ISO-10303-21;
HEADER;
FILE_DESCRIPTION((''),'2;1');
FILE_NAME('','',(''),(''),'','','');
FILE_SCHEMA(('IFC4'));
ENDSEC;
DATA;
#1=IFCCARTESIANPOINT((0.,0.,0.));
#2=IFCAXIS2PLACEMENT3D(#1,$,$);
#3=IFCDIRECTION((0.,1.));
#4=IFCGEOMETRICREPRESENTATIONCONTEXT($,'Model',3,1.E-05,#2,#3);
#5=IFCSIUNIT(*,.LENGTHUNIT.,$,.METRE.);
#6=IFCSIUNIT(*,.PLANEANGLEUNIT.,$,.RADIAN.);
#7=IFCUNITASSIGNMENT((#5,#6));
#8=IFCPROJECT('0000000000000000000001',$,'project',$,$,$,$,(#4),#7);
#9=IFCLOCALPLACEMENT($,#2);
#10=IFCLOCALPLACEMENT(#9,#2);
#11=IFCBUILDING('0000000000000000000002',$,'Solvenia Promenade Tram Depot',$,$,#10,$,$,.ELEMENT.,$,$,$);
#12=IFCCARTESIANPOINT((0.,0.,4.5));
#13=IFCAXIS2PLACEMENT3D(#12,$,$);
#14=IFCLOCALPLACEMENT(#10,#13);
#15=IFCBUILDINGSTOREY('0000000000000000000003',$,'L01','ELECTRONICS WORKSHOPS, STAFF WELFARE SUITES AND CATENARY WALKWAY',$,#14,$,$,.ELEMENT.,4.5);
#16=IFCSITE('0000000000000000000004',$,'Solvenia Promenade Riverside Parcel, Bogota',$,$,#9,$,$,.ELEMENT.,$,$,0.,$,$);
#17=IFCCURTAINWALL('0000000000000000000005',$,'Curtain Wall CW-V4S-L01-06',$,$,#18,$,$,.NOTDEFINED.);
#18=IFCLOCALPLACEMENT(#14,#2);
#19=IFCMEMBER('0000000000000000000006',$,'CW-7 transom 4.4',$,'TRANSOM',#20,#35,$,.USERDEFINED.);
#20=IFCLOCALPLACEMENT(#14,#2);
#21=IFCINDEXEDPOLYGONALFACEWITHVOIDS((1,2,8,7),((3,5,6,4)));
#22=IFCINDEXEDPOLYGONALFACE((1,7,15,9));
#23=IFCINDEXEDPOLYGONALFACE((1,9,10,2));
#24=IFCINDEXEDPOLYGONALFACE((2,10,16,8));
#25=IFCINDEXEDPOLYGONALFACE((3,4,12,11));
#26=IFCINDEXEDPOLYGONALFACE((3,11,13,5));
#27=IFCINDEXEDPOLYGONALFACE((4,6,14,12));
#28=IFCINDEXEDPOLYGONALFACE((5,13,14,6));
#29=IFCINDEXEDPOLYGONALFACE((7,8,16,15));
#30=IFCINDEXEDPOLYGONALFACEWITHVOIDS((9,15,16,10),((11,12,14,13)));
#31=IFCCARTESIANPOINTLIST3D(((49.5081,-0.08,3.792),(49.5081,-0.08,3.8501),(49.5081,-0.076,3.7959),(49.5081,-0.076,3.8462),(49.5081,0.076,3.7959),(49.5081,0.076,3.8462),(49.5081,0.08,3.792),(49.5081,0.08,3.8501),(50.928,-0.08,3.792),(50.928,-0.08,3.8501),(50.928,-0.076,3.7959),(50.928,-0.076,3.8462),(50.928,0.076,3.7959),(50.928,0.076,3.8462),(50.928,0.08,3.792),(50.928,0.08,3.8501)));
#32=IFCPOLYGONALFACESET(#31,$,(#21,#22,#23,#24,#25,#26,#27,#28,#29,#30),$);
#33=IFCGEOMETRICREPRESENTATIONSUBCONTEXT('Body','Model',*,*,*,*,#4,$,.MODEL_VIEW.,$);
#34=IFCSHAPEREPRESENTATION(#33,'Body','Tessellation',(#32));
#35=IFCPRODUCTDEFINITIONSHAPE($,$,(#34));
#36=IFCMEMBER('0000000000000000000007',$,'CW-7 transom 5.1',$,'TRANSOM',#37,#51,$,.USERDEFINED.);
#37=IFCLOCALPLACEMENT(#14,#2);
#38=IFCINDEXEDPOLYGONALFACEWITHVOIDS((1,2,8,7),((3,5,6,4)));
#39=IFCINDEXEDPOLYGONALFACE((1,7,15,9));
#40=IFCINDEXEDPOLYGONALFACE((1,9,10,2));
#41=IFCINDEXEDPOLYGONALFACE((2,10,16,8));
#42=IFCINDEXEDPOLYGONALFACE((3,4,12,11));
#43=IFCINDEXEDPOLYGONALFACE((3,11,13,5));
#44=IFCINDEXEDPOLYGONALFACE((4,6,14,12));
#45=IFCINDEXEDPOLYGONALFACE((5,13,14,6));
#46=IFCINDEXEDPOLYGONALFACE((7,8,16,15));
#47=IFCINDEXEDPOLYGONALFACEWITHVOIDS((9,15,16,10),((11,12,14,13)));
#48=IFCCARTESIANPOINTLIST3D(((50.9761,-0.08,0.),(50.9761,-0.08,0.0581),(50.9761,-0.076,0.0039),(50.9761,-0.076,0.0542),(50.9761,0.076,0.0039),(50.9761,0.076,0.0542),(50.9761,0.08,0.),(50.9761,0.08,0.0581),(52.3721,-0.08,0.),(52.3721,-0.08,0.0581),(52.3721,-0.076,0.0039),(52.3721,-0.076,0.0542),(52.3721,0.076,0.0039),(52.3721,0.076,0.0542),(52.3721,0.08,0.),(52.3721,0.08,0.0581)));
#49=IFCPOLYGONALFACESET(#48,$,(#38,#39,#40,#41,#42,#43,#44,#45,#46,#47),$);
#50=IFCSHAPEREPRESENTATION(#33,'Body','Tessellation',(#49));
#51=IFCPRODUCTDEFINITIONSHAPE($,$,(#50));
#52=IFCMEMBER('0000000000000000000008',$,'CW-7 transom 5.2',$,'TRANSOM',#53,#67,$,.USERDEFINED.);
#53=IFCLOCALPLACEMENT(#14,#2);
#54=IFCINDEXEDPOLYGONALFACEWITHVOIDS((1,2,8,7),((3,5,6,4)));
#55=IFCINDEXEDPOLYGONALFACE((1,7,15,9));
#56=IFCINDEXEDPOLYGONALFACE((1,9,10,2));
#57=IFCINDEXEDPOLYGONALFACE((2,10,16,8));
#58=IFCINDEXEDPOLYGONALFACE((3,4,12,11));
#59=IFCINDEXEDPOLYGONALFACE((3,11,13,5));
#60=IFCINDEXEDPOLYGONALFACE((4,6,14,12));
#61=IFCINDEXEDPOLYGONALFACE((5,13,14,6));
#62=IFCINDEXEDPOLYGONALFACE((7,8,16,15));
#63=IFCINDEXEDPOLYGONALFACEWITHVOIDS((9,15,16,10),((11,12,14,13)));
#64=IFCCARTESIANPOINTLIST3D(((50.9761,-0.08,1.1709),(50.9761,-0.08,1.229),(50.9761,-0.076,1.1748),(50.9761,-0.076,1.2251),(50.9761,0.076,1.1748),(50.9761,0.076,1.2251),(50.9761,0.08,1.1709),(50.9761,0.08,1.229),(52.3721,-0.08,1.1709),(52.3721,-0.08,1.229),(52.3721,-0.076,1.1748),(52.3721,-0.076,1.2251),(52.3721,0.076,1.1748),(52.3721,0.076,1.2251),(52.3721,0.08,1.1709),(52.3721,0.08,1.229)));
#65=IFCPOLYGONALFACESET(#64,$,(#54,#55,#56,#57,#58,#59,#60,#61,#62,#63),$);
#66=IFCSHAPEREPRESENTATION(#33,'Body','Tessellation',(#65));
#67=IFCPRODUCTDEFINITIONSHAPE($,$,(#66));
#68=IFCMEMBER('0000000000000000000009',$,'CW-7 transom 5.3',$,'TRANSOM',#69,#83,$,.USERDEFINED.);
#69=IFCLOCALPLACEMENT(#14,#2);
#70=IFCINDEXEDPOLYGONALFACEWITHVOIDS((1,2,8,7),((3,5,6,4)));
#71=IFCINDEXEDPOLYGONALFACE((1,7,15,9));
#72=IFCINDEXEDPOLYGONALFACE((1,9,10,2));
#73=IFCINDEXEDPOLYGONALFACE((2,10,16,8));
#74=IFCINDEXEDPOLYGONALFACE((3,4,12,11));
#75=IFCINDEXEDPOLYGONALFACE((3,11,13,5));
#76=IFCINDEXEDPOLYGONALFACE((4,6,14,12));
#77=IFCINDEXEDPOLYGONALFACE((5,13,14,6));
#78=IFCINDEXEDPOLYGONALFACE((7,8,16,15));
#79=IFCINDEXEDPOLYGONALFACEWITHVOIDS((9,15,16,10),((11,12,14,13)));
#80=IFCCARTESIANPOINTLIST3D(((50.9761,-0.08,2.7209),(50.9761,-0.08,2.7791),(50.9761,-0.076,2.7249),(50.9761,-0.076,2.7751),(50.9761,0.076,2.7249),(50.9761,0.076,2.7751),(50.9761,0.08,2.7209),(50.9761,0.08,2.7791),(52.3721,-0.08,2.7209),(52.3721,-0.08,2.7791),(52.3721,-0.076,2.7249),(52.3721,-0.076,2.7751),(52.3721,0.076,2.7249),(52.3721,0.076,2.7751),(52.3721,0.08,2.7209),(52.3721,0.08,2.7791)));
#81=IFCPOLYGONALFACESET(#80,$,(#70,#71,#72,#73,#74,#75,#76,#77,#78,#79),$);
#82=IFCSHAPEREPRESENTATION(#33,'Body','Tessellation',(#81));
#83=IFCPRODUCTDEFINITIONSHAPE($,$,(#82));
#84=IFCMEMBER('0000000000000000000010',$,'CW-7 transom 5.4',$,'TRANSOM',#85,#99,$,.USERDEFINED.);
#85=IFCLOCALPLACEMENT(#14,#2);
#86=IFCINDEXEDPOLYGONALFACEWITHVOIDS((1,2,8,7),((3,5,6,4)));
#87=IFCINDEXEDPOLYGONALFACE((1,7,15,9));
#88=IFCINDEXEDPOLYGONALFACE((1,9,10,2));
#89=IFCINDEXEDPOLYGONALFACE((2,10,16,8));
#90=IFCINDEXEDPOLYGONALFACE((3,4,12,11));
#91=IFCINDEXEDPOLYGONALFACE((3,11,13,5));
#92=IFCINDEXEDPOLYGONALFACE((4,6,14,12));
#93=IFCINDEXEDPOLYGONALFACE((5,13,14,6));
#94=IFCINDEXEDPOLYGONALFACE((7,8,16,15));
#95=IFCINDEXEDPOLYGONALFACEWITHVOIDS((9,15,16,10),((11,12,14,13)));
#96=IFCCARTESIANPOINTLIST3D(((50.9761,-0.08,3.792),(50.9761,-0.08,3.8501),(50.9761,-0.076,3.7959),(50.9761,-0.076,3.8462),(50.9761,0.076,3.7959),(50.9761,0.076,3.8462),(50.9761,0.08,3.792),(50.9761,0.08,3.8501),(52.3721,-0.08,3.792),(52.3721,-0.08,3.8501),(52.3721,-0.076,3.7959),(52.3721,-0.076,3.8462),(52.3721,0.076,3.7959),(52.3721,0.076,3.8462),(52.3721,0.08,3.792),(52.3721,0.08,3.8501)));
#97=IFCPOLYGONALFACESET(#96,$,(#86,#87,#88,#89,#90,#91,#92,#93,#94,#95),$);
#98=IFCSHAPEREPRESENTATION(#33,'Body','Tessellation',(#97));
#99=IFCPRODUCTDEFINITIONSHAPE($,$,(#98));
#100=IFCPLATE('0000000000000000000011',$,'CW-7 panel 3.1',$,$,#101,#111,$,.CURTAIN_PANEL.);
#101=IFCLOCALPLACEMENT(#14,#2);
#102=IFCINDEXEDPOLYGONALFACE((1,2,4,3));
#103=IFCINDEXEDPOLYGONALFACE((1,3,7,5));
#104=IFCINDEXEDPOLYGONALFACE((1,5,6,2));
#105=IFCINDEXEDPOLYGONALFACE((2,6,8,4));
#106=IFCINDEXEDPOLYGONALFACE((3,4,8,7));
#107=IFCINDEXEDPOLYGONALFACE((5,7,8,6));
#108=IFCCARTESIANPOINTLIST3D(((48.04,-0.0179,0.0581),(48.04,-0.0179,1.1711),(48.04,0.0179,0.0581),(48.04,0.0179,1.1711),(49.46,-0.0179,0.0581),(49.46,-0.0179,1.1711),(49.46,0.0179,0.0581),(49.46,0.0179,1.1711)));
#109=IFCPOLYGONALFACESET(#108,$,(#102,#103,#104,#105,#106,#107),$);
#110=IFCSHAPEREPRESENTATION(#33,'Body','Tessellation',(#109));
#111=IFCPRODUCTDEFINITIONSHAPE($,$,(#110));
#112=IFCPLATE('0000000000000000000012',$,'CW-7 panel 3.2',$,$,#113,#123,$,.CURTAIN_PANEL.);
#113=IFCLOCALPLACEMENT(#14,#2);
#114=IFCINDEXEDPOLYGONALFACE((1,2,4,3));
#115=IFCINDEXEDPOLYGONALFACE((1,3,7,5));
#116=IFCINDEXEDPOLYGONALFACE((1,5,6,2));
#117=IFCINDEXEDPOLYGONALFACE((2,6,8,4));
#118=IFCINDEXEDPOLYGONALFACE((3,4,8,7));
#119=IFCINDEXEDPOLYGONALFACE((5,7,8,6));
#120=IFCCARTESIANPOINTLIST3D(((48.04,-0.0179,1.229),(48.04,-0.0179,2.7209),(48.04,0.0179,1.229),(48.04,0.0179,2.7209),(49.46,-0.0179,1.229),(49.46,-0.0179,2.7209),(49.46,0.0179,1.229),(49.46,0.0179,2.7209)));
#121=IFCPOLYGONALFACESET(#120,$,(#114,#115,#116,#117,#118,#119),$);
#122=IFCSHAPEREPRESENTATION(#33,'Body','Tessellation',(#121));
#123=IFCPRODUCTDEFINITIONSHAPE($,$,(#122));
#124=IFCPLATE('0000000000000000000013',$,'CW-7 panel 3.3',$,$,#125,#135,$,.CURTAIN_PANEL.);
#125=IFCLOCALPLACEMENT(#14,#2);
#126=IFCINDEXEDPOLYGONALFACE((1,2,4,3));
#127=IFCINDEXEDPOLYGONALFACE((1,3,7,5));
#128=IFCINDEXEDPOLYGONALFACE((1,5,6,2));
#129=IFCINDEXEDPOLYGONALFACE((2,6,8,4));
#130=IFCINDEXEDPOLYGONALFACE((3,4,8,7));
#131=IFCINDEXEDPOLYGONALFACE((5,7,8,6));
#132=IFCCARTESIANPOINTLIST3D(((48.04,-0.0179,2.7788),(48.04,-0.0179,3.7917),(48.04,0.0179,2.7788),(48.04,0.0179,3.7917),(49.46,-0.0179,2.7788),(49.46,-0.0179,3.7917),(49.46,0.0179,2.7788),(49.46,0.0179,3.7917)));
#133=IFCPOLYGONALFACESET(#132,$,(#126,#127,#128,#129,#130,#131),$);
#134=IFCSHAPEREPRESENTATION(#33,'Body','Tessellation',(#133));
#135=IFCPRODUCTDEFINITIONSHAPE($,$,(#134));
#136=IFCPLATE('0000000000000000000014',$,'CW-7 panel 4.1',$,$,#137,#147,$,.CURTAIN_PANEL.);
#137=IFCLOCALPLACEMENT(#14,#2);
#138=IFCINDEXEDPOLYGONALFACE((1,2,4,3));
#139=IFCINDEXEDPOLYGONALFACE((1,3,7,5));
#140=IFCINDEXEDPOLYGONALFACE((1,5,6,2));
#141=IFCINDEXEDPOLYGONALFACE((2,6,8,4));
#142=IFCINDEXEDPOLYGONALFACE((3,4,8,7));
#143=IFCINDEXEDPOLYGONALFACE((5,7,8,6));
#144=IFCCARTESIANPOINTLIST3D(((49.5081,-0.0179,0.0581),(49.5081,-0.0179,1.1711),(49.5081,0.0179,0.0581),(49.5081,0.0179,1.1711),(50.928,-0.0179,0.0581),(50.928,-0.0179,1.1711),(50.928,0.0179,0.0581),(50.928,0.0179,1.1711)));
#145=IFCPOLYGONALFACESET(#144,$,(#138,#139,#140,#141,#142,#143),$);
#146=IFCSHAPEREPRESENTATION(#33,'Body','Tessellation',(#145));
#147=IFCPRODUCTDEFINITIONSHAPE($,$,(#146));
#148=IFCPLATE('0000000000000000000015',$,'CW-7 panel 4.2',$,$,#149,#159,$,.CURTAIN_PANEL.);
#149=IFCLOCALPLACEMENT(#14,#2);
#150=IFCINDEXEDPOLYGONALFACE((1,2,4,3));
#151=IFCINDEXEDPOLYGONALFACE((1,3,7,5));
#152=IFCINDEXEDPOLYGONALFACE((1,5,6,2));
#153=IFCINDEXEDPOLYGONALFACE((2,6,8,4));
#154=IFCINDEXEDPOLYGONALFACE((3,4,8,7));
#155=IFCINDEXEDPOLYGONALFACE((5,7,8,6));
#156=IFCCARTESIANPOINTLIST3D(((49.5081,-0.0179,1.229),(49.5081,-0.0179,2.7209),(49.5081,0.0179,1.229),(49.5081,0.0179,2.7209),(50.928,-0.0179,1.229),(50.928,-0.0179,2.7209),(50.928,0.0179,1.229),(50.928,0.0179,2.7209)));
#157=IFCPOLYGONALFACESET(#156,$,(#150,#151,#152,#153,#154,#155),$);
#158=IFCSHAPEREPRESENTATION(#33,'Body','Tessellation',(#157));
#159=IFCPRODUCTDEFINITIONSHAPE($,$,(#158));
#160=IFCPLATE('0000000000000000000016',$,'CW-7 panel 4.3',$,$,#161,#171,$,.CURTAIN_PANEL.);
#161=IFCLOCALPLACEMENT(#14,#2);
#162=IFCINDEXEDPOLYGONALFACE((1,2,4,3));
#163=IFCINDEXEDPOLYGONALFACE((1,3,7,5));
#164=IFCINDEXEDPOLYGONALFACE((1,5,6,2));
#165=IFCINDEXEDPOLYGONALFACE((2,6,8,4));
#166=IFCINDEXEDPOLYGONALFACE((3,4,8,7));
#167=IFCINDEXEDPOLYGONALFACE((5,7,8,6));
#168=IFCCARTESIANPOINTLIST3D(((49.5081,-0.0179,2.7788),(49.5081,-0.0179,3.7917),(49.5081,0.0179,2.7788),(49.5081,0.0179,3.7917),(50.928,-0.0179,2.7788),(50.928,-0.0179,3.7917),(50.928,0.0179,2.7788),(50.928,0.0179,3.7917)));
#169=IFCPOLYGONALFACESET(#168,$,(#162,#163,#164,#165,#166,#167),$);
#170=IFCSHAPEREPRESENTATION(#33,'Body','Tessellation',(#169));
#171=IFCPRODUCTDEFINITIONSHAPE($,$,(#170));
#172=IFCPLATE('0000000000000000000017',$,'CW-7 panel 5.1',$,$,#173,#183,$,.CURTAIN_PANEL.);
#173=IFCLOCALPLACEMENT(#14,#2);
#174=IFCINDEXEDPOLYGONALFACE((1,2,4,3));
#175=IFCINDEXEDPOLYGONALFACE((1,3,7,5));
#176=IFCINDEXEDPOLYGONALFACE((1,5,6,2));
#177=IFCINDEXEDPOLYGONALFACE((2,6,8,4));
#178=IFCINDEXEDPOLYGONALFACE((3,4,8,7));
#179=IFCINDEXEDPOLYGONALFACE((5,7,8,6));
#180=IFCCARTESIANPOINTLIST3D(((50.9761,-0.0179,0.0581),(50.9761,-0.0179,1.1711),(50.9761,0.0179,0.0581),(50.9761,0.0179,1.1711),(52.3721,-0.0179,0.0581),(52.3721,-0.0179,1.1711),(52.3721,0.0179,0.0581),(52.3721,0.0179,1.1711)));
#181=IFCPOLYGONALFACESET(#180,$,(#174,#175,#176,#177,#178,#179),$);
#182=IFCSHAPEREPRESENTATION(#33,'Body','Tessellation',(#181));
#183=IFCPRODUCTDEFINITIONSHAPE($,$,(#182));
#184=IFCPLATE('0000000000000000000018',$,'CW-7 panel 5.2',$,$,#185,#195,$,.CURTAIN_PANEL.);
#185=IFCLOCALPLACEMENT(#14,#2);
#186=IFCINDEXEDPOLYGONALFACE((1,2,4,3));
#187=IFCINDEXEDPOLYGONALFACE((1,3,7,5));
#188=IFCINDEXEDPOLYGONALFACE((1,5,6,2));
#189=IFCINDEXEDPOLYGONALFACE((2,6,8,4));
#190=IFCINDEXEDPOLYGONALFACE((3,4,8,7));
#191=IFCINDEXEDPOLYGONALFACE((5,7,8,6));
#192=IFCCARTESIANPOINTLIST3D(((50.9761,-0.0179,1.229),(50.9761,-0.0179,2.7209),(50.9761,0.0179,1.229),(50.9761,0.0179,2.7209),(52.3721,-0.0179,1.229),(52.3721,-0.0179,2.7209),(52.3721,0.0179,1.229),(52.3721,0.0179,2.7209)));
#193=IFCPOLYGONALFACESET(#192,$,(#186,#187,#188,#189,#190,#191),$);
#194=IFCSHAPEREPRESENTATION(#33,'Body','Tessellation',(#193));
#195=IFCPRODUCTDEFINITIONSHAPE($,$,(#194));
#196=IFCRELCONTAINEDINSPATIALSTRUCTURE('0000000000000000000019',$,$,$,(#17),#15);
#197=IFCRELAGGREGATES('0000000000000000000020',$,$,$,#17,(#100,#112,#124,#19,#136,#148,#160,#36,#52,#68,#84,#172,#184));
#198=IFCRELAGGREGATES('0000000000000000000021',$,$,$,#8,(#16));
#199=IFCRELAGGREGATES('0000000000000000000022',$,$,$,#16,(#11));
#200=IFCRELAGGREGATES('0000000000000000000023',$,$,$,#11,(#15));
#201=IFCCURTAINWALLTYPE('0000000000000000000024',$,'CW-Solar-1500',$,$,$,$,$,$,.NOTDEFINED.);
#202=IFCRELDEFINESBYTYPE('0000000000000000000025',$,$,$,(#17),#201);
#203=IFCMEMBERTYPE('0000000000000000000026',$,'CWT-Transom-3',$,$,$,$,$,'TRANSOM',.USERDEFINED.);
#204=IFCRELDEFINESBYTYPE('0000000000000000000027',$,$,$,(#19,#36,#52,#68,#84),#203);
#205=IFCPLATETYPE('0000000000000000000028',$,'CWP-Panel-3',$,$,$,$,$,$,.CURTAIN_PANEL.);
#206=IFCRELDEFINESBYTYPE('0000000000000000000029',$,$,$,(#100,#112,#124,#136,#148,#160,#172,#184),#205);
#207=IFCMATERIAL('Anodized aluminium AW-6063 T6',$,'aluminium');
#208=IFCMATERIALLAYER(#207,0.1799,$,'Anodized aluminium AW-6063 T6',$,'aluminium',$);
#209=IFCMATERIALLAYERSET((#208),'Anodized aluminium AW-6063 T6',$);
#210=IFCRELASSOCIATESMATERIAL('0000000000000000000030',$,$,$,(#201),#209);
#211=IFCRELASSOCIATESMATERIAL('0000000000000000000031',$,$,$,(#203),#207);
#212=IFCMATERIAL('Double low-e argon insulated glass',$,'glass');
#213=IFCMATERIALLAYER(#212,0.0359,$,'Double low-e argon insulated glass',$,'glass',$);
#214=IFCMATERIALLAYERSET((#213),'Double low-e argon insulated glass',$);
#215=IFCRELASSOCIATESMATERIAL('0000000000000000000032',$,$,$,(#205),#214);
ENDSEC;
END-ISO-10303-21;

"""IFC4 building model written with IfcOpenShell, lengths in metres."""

from ifc_helpers import new_model, si_unit, direction, frame, origin, origin_2d, place, context, subcontext, project, spatial, rectangle, hollow_rectangle, extrude, material, layer, layer_set, material_profile, profile_set, type_object, element, aggregate, save


model = new_model("IFC4")

# Units and contexts
model_context = context("Model", 3, precision=1e-05, world=origin(), true_north=direction((0.0, 1.0)))
body_context = subcontext(model_context, "Body", "Model", "MODEL_VIEW")
ifc_project = project(units=[si_unit("LENGTHUNIT", "METRE"), si_unit("PLANEANGLEUNIT", "RADIAN")], contexts=[model_context])

# Site, building, storey
site_placement = place(None, origin())
site = spatial("IfcSite", under=ifc_project, at=site_placement, Name="Solvenia Promenade Riverside Parcel, Bogota", CompositionType="ELEMENT", RefElevation=0.0)
building_placement = place(site_placement, origin())
building = spatial("IfcBuilding", under=site, at=building_placement, Name="Solvenia Promenade Tram Depot", CompositionType="ELEMENT")
storey_placement = place(building_placement, frame((0.0, 0.0, 4.5)))
storey = spatial("IfcBuildingStorey", under=building, at=storey_placement, Name="L01", Description="ELECTRONICS WORKSHOPS, STAFF WELFARE SUITES AND CATENARY WALKWAY", CompositionType="ELEMENT", Elevation=4.5)

# Curtain wall, members, plates
ifc_material_1 = material(Name="Anodized aluminium AW-6063 T6", Category="aluminium")
ifc_layer_1 = layer(ifc_material_1, 0.1799, Name="Anodized aluminium AW-6063 T6", Category="aluminium")
ifc_layer_set_1 = layer_set([ifc_layer_1], Name="Anodized aluminium AW-6063 T6")
curtain_wall_type = type_object("IfcCurtainWallType", Name="CW-Solar-1500", PredefinedType="NOTDEFINED", material=ifc_layer_set_1)
curtain_wall_placement = place(storey_placement, origin())
curtain_wall = element("IfcCurtainWall", 1, at=curtain_wall_placement, inside=storey, type_object=curtain_wall_type, Name="Curtain Wall CW-V4S-L01-06", PredefinedType="NOTDEFINED")
ifc_material_profile_1 = material_profile(ifc_material_1, hollow_rectangle(XDim=0.1599, YDim=0.0581, WallThickness=0.0039, at=origin_2d()), Name="ALU-T3", Category="aluminium")
ifc_profile_set_1 = profile_set([ifc_material_profile_1], Name="Anodized aluminium AW-6063 T6")
member_type_1 = type_object("IfcMemberType", Name="CWT-Transom-3", ElementType="TRANSOM", PredefinedType="USERDEFINED", material=ifc_profile_set_1)
member_1_placement = place(storey_placement, frame((49.5081, 0.0, 3.821), z_axis=(1.0, 0.0, 0.0), x_axis=(0.0, 1.0, 0.0)))
member_1 = element("IfcMember", 2, at=member_1_placement, type_object=member_type_1, Name="CW-7 transom 4.4", ObjectType="TRANSOM", PredefinedType="USERDEFINED", context=body_context, shape_type="SweptSolid", body=[
    extrude(hollow_rectangle(XDim=0.1599, YDim=0.0581, WallThickness=0.0039, at=origin_2d()), origin(), (0.0, 0.0, 1.0), 1.4199),
])
member_2_placement = place(storey_placement, frame((50.9761, 0.0, 0.0291), z_axis=(1.0, 0.0, 0.0), x_axis=(0.0, 1.0, 0.0)))
member_2 = element("IfcMember", 3, at=member_2_placement, type_object=member_type_1, Name="CW-7 transom 5.1", ObjectType="TRANSOM", PredefinedType="USERDEFINED", context=body_context, shape_type="SweptSolid", body=[
    extrude(hollow_rectangle(XDim=0.1599, YDim=0.0581, WallThickness=0.0039, at=origin_2d()), origin(), (0.0, 0.0, 1.0), 1.396),
])
member_3_placement = place(storey_placement, frame((50.9761, 0.0, 1.2), z_axis=(1.0, 0.0, 0.0), x_axis=(0.0, 1.0, 0.0)))
member_3 = element("IfcMember", 4, at=member_3_placement, type_object=member_type_1, Name="CW-7 transom 5.2", ObjectType="TRANSOM", PredefinedType="USERDEFINED", context=body_context, shape_type="SweptSolid", body=[
    extrude(hollow_rectangle(XDim=0.1599, YDim=0.0581, WallThickness=0.0039, at=origin_2d()), origin(), (0.0, 0.0, 1.0), 1.396),
])
member_4_placement = place(storey_placement, frame((50.9761, 0.0, 2.75), z_axis=(1.0, 0.0, 0.0), x_axis=(0.0, 1.0, 0.0)))
member_4 = element("IfcMember", 5, at=member_4_placement, type_object=member_type_1, Name="CW-7 transom 5.3", ObjectType="TRANSOM", PredefinedType="USERDEFINED", context=body_context, shape_type="SweptSolid", body=[
    extrude(hollow_rectangle(XDim=0.1599, YDim=0.0581, WallThickness=0.0039, at=origin_2d()), origin(), (0.0, 0.0, 1.0), 1.396),
])
member_5_placement = place(storey_placement, frame((50.9761, 0.0, 3.821), z_axis=(1.0, 0.0, 0.0), x_axis=(0.0, 1.0, 0.0)))
member_5 = element("IfcMember", 6, at=member_5_placement, type_object=member_type_1, Name="CW-7 transom 5.4", ObjectType="TRANSOM", PredefinedType="USERDEFINED", context=body_context, shape_type="SweptSolid", body=[
    extrude(hollow_rectangle(XDim=0.1599, YDim=0.0581, WallThickness=0.0039, at=origin_2d()), origin(), (0.0, 0.0, 1.0), 1.396),
])
ifc_material_2 = material(Name="Double low-e argon insulated glass", Category="glass")
ifc_layer_2 = layer(ifc_material_2, 0.0359, Name="Double low-e argon insulated glass", Category="glass")
ifc_layer_set_2 = layer_set([ifc_layer_2], Name="Double low-e argon insulated glass")
plate_type = type_object("IfcPlateType", Name="CWP-Panel-3", PredefinedType="CURTAIN_PANEL", material=ifc_layer_set_2)
plate_1_placement = place(storey_placement, frame((48.75, 0.0, 0.0581), z_axis=(0.0, 0.0, 1.0), x_axis=(1.0, 0.0, 0.0)))
plate_1 = element("IfcPlate", 7, at=plate_1_placement, type_object=plate_type, Name="CW-7 panel 3.1", PredefinedType="CURTAIN_PANEL", context=body_context, shape_type="SweptSolid", body=[
    extrude(rectangle(XDim=1.4199, YDim=0.0359, at=origin_2d()), origin(), (0.0, 0.0, 1.0), 1.113),
])
plate_2_placement = place(storey_placement, frame((48.75, 0.0, 1.229), z_axis=(0.0, 0.0, 1.0), x_axis=(1.0, 0.0, 0.0)))
plate_2 = element("IfcPlate", 8, at=plate_2_placement, type_object=plate_type, Name="CW-7 panel 3.2", PredefinedType="CURTAIN_PANEL", context=body_context, shape_type="SweptSolid", body=[
    extrude(rectangle(XDim=1.4199, YDim=0.0359, at=origin_2d()), origin(), (0.0, 0.0, 1.0), 1.4919),
])
plate_3_placement = place(storey_placement, frame((48.75, 0.0, 2.7788), z_axis=(0.0, 0.0, 1.0), x_axis=(1.0, 0.0, 0.0)))
plate_3 = element("IfcPlate", 9, at=plate_3_placement, type_object=plate_type, Name="CW-7 panel 3.3", PredefinedType="CURTAIN_PANEL", context=body_context, shape_type="SweptSolid", body=[
    extrude(rectangle(XDim=1.4199, YDim=0.0359, at=origin_2d()), origin(), (0.0, 0.0, 1.0), 1.0129),
])
plate_4_placement = place(storey_placement, frame((50.218, 0.0, 0.0581), z_axis=(0.0, 0.0, 1.0), x_axis=(1.0, 0.0, 0.0)))
plate_4 = element("IfcPlate", 10, at=plate_4_placement, type_object=plate_type, Name="CW-7 panel 4.1", PredefinedType="CURTAIN_PANEL", context=body_context, shape_type="SweptSolid", body=[
    extrude(rectangle(XDim=1.4199, YDim=0.0359, at=origin_2d()), origin(), (0.0, 0.0, 1.0), 1.113),
])
plate_5_placement = place(storey_placement, frame((50.218, 0.0, 1.229), z_axis=(0.0, 0.0, 1.0), x_axis=(1.0, 0.0, 0.0)))
plate_5 = element("IfcPlate", 11, at=plate_5_placement, type_object=plate_type, Name="CW-7 panel 4.2", PredefinedType="CURTAIN_PANEL", context=body_context, shape_type="SweptSolid", body=[
    extrude(rectangle(XDim=1.4199, YDim=0.0359, at=origin_2d()), origin(), (0.0, 0.0, 1.0), 1.4919),
])
plate_6_placement = place(storey_placement, frame((50.218, 0.0, 2.7788), z_axis=(0.0, 0.0, 1.0), x_axis=(1.0, 0.0, 0.0)))
plate_6 = element("IfcPlate", 12, at=plate_6_placement, type_object=plate_type, Name="CW-7 panel 4.3", PredefinedType="CURTAIN_PANEL", context=body_context, shape_type="SweptSolid", body=[
    extrude(rectangle(XDim=1.4199, YDim=0.0359, at=origin_2d()), origin(), (0.0, 0.0, 1.0), 1.0129),
])
plate_7_placement = place(storey_placement, frame((51.6741, 0.0, 0.0581), z_axis=(0.0, 0.0, 1.0), x_axis=(1.0, 0.0, 0.0)))
plate_7 = element("IfcPlate", 13, at=plate_7_placement, type_object=plate_type, Name="CW-7 panel 5.1", PredefinedType="CURTAIN_PANEL", context=body_context, shape_type="SweptSolid", body=[
    extrude(rectangle(XDim=1.396, YDim=0.0359, at=origin_2d()), origin(), (0.0, 0.0, 1.0), 1.113),
])
plate_8_placement = place(storey_placement, frame((51.6741, 0.0, 1.229), z_axis=(0.0, 0.0, 1.0), x_axis=(1.0, 0.0, 0.0)))
plate_8 = element("IfcPlate", 14, at=plate_8_placement, type_object=plate_type, Name="CW-7 panel 5.2", PredefinedType="CURTAIN_PANEL", context=body_context, shape_type="SweptSolid", body=[
    extrude(rectangle(XDim=1.396, YDim=0.0359, at=origin_2d()), origin(), (0.0, 0.0, 1.0), 1.4919),
])
aggregate(curtain_wall, [plate_1, plate_2, plate_3, member_1, plate_4, plate_5, plate_6, member_2, member_3, member_4, member_5, plate_7, plate_8])

save(model, "model.ifc")
